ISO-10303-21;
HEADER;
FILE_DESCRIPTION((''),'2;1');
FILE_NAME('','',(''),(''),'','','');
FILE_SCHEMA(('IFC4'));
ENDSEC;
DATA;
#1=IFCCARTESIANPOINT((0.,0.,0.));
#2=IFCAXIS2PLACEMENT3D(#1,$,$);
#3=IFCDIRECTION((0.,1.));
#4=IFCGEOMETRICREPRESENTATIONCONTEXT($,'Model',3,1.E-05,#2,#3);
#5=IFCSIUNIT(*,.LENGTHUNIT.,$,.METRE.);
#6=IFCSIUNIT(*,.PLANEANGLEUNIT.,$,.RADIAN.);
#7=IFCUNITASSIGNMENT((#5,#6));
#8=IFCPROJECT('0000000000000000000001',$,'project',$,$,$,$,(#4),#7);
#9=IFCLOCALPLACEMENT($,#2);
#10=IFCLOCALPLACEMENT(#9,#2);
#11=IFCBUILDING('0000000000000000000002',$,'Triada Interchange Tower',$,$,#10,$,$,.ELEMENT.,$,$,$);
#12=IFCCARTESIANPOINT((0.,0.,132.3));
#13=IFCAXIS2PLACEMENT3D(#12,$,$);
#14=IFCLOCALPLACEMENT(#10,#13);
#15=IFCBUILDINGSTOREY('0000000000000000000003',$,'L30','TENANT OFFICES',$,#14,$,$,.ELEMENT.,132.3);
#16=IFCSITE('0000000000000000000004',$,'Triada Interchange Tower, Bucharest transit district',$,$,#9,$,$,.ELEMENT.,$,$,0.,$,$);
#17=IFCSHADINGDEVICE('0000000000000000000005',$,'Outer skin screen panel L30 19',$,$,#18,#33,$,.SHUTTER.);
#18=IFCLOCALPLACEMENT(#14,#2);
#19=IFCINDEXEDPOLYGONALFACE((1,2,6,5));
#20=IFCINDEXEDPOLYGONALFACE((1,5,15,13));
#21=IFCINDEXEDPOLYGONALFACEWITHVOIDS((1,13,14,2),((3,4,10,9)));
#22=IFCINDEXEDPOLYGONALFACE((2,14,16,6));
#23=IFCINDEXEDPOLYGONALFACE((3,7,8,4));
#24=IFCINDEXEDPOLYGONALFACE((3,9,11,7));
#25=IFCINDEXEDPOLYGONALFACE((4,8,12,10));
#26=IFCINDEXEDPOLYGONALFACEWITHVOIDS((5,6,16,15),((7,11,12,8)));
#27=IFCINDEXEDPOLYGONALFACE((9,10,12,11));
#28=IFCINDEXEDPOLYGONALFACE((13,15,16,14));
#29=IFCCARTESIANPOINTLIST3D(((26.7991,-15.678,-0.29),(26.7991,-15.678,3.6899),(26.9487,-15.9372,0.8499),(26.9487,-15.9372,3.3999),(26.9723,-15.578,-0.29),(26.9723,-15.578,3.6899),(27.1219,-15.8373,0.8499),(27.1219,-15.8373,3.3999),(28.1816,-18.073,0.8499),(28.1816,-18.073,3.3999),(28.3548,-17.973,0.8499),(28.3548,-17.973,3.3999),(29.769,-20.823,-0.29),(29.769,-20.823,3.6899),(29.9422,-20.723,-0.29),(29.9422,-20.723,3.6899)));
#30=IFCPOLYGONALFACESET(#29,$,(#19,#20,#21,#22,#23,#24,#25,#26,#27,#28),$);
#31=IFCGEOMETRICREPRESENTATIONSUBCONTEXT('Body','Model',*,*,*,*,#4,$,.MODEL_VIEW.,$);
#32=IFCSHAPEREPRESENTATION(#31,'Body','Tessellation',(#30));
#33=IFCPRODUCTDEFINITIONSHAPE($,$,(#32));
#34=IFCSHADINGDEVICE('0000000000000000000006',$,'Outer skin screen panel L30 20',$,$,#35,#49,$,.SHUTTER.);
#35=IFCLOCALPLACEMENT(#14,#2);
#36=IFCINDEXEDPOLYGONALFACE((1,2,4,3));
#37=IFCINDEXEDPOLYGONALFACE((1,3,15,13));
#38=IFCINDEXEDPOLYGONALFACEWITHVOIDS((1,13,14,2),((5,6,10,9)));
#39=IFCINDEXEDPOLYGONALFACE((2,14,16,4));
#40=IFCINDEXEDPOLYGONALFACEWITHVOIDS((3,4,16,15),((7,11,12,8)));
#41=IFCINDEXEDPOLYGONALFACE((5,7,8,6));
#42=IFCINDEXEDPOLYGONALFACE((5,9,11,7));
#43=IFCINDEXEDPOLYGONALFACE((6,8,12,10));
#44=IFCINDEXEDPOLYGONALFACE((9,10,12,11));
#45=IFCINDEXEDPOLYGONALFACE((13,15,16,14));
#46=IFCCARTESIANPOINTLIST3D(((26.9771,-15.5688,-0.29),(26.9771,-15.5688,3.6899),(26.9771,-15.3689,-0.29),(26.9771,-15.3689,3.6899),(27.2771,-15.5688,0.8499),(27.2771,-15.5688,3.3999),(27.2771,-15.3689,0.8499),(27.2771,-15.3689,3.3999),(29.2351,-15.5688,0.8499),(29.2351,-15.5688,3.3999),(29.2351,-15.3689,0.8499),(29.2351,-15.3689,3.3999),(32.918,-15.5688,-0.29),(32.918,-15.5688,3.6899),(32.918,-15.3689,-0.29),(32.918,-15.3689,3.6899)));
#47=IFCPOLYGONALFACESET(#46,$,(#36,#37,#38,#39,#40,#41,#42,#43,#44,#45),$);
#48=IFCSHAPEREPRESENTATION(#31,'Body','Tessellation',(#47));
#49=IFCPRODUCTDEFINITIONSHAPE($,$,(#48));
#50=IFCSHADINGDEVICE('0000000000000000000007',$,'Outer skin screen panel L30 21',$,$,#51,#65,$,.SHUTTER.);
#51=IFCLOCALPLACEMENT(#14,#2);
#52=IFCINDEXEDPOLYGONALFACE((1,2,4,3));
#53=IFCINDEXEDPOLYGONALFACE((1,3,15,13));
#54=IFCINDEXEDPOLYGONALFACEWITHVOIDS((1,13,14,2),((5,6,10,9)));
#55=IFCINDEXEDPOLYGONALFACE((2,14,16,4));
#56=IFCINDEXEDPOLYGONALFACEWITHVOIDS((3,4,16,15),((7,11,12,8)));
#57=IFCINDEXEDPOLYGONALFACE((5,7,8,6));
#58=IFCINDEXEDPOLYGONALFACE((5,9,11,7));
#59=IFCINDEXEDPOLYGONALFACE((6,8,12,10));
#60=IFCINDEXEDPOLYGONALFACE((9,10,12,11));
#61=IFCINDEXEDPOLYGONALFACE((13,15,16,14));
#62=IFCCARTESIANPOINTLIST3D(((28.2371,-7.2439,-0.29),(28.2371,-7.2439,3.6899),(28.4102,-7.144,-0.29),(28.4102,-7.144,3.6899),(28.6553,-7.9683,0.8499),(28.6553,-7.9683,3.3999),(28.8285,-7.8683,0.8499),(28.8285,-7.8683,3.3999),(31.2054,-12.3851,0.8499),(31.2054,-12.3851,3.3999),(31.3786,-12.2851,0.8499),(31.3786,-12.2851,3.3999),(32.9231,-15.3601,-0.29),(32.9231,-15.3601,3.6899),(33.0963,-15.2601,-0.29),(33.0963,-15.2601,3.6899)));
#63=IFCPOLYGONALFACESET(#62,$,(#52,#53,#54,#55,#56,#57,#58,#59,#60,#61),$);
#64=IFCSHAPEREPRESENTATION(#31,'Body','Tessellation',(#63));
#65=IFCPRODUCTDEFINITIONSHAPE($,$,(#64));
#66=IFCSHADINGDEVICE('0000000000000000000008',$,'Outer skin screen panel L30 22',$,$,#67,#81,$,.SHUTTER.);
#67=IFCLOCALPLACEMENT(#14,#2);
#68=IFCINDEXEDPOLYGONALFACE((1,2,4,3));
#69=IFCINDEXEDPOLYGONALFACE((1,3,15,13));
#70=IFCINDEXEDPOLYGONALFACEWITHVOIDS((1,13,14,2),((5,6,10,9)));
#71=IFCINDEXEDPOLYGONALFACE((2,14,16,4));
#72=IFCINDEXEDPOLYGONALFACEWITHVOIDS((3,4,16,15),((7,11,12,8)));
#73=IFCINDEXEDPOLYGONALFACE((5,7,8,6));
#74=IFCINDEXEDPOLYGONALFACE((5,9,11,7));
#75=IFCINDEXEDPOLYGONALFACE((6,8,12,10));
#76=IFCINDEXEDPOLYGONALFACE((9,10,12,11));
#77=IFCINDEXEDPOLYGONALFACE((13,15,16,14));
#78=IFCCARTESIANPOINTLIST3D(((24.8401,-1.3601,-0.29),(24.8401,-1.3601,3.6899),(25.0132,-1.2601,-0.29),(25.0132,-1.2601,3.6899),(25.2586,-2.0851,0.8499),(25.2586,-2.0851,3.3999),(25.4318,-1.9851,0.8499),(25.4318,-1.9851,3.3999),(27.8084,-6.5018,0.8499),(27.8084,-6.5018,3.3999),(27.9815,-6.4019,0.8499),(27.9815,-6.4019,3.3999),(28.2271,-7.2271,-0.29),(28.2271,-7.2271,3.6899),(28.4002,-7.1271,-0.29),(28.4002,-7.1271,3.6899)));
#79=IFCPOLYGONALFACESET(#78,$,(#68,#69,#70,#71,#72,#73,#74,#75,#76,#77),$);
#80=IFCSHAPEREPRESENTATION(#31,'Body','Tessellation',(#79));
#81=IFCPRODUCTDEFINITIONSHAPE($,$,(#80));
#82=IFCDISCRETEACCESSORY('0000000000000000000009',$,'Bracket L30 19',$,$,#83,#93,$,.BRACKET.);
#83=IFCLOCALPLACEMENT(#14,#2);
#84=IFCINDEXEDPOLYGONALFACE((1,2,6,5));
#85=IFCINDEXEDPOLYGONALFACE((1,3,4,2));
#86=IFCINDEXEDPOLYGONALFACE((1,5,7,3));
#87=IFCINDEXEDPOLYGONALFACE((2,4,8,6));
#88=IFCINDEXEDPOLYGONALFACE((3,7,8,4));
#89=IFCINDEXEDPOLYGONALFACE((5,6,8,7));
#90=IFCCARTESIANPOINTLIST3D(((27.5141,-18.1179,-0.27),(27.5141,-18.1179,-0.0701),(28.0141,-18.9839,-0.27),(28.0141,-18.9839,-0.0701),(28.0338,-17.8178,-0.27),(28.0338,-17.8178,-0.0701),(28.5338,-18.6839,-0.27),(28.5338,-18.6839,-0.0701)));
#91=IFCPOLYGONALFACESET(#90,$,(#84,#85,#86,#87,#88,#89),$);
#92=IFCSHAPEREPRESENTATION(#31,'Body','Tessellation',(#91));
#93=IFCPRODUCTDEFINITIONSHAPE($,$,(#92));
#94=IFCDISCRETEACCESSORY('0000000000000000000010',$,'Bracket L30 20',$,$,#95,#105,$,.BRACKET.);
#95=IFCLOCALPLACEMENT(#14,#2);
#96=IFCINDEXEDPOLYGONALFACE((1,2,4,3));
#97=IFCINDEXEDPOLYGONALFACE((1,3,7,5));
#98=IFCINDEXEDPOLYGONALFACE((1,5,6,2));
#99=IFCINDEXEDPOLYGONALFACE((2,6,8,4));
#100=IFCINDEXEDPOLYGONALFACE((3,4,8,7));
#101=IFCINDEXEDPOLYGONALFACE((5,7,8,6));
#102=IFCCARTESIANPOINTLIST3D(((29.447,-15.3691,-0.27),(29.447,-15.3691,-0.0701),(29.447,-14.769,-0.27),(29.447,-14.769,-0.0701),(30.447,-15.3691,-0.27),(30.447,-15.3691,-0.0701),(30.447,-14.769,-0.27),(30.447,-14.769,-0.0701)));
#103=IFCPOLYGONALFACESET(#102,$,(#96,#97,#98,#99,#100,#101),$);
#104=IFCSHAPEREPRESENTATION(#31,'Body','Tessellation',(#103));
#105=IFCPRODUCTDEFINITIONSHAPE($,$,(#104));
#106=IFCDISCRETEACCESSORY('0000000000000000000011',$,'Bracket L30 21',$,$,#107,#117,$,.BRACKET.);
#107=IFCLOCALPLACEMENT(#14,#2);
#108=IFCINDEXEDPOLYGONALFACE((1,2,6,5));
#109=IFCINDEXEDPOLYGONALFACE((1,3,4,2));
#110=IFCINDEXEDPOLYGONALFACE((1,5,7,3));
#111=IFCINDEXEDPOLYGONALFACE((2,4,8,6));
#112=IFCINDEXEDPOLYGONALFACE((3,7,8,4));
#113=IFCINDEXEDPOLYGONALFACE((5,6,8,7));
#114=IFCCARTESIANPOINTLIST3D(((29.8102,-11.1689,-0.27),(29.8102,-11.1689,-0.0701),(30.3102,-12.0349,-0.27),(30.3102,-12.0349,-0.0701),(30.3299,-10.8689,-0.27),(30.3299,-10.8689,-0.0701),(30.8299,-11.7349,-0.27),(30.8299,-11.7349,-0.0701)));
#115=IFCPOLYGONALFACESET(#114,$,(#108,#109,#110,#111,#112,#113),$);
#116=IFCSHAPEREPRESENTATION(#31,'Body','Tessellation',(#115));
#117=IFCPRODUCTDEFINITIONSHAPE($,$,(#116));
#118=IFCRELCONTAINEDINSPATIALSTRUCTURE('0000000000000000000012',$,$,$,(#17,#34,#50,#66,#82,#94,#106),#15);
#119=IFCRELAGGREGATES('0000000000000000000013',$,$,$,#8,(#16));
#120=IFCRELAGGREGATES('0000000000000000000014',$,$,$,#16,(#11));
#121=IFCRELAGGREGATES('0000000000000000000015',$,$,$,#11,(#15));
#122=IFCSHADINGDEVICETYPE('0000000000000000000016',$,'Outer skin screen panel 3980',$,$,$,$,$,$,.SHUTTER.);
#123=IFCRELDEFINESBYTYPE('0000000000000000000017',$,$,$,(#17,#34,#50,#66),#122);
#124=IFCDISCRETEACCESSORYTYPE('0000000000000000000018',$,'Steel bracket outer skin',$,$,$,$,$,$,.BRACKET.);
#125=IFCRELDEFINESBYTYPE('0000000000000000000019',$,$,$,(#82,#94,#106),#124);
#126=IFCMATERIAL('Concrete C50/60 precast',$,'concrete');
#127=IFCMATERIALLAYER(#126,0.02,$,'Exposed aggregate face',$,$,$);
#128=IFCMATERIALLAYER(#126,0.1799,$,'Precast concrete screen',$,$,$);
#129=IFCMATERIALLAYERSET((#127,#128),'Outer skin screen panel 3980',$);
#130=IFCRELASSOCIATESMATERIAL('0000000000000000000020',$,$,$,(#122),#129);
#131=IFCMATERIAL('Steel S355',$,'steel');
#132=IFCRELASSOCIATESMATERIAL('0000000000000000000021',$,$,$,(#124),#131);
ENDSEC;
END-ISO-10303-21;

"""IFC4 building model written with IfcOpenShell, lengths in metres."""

from ifc_helpers import new_model, si_unit, direction, frame, origin, origin_2d, place, context, subcontext, project, spatial, polyline, rectangle, outline, extrude, material, layer, layer_set, type_object, element, save


model = new_model("IFC4")

# Units and contexts
model_context = context("Model", 3, precision=1e-05, world=origin(), true_north=direction((0.0, 1.0)))
body_context = subcontext(model_context, "Body", "Model", "MODEL_VIEW")
ifc_project = project(units=[si_unit("LENGTHUNIT", "METRE"), si_unit("PLANEANGLEUNIT", "RADIAN")], contexts=[model_context])

# Site, building, storey
site_placement = place(None, origin())
site = spatial("IfcSite", under=ifc_project, at=site_placement, Name="Triada Interchange Tower, Bucharest transit district", CompositionType="ELEMENT", RefElevation=0.0)
building_placement = place(site_placement, origin())
building = spatial("IfcBuilding", under=site, at=building_placement, Name="Triada Interchange Tower", CompositionType="ELEMENT")
storey_placement = place(building_placement, frame((0.0, 0.0, 132.3)))
storey = spatial("IfcBuildingStorey", under=building, at=storey_placement, Name="L30", Description="TENANT OFFICES", CompositionType="ELEMENT", Elevation=132.3)

# Shading devices
ifc_material_1 = material(Name="Concrete C50/60 precast", Category="concrete")
ifc_layer_1 = layer(ifc_material_1, 0.02, Name="Exposed aggregate face")
ifc_layer_2 = layer(ifc_material_1, 0.1799, Name="Precast concrete screen")
ifc_layer_set_1 = layer_set([ifc_layer_1, ifc_layer_2], Name="Outer skin screen panel 3980")
shading_device_type = type_object("IfcShadingDeviceType", Name="Outer skin screen panel 3980", PredefinedType="SHUTTER", material=ifc_layer_set_1)
shading_device_1_placement = place(storey_placement, frame((29.769, -20.823, -0.29), z_axis=(0.0, 0.0, 1.0), x_axis=(-0.499936, 0.866062, 0.0)))
element("IfcShadingDevice", 1, at=shading_device_1_placement, inside=storey, type_object=shading_device_type, Name="Outer skin screen panel L30 19", PredefinedType="SHUTTER", context=body_context, shape_type="SweptSolid", body=[
    extrude(outline(polyline([(0.0, 0.0), (5.9407, 0.0), (5.9407, 3.98), (0.0, 3.98), (0.0, 0.0)]), holes=[polyline([(3.1753, 1.1399), (3.1753, 3.6899), (5.6414, 3.6899), (5.6414, 1.1399), (3.1753, 1.1399)])]), frame((0.0, 0.0, 0.0), z_axis=(0.0, -1.0, 0.0), x_axis=(1.0, 0.0, 0.0)), (0.0, 0.0, 1.0), 0.2),
])
shading_device_2_placement = place(storey_placement, frame((26.9771, -15.3689, -0.29), z_axis=(0.0, 0.0, 1.0), x_axis=(1.0, 0.0, 0.0)))
element("IfcShadingDevice", 2, at=shading_device_2_placement, inside=storey, type_object=shading_device_type, Name="Outer skin screen panel L30 20", PredefinedType="SHUTTER", context=body_context, shape_type="SweptSolid", body=[
    extrude(outline(polyline([(0.0, 0.0), (5.9409, 0.0), (5.9409, 3.98), (0.0, 3.98), (0.0, 0.0)]), holes=[polyline([(0.3, 1.1399), (0.3, 3.6899), (2.2581, 3.6899), (2.2581, 1.1399), (0.3, 1.1399)])]), frame((0.0, 0.0, 0.0), z_axis=(0.0, -1.0, 0.0), x_axis=(1.0, 0.0, 0.0)), (0.0, 0.0, 1.0), 0.2),
])
shading_device_3_placement = place(storey_placement, frame((32.9231, -15.3601, -0.29), z_axis=(0.0, 0.0, 1.0), x_axis=(-0.500011, 0.866019, 0.0)))
element("IfcShadingDevice", 3, at=shading_device_3_placement, inside=storey, type_object=shading_device_type, Name="Outer skin screen panel L30 21", PredefinedType="SHUTTER", context=body_context, shape_type="SweptSolid", body=[
    extrude(outline(polyline([(0.0, 0.0), (9.3718, 0.0), (9.3718, 3.98), (0.0, 3.98), (0.0, 0.0)]), holes=[polyline([(3.4353, 1.1399), (3.4353, 3.6899), (8.5354, 3.6899), (8.5354, 1.1399), (3.4353, 1.1399)])]), frame((0.0, 0.0, 0.0), z_axis=(0.0, -1.0, 0.0), x_axis=(1.0, 0.0, 0.0)), (0.0, 0.0, 1.0), 0.2),
])
shading_device_4_placement = place(storey_placement, frame((28.2271, -7.2271, -0.29), z_axis=(0.0, 0.0, 1.0), x_axis=(-0.499965, 0.866046, 0.0)))
element("IfcShadingDevice", 4, at=shading_device_4_placement, inside=storey, type_object=shading_device_type, Name="Outer skin screen panel L30 22", PredefinedType="SHUTTER", context=body_context, shape_type="SweptSolid", body=[
    extrude(outline(polyline([(0.0, 0.0), (6.7744, 0.0), (6.7744, 3.98), (0.0, 3.98), (0.0, 0.0)]), holes=[polyline([(0.8374, 1.1399), (0.8374, 3.6899), (5.9373, 3.6899), (5.9373, 1.1399), (0.8374, 1.1399)])]), frame((0.0, 0.0, 0.0), z_axis=(0.0, -1.0, 0.0), x_axis=(1.0, 0.0, 0.0)), (0.0, 0.0, 1.0), 0.2),
])

# Discrete accessories
ifc_material_2 = material(Name="Steel S355", Category="steel")
discrete_accessory_type = type_object("IfcDiscreteAccessoryType", Name="Steel bracket outer skin", PredefinedType="BRACKET", material=ifc_material_2)
for number, where, z_axis, x_axis, name in (
    (5, (28.0239, -18.4009, -0.27), (0.0, 0.0, 1.0), (0.86603, 0.499992, 0.0), "Bracket L30 19"),
    (6, (29.947, -15.0691, -0.27), (0.0, 0.0, 1.0), (0.0, -1.0, 0.0), "Bracket L30 20"),
    (7, (30.3201, -11.4519, -0.27), (0.0, 0.0, 1.0), (0.866023, 0.500004, 0.0), "Bracket L30 21"),
):
    element("IfcDiscreteAccessory", number, at=place(storey_placement, frame(where, z_axis=z_axis, x_axis=x_axis)), inside=storey, type_object=discrete_accessory_type, Name=name, PredefinedType="BRACKET", context=body_context, shape_type="SweptSolid", body=[
        extrude(rectangle(XDim=0.6001, YDim=1.0, at=origin_2d()), origin(), (0.0, 0.0, 1.0), 0.2),
    ])

save(model, "model.ifc")
